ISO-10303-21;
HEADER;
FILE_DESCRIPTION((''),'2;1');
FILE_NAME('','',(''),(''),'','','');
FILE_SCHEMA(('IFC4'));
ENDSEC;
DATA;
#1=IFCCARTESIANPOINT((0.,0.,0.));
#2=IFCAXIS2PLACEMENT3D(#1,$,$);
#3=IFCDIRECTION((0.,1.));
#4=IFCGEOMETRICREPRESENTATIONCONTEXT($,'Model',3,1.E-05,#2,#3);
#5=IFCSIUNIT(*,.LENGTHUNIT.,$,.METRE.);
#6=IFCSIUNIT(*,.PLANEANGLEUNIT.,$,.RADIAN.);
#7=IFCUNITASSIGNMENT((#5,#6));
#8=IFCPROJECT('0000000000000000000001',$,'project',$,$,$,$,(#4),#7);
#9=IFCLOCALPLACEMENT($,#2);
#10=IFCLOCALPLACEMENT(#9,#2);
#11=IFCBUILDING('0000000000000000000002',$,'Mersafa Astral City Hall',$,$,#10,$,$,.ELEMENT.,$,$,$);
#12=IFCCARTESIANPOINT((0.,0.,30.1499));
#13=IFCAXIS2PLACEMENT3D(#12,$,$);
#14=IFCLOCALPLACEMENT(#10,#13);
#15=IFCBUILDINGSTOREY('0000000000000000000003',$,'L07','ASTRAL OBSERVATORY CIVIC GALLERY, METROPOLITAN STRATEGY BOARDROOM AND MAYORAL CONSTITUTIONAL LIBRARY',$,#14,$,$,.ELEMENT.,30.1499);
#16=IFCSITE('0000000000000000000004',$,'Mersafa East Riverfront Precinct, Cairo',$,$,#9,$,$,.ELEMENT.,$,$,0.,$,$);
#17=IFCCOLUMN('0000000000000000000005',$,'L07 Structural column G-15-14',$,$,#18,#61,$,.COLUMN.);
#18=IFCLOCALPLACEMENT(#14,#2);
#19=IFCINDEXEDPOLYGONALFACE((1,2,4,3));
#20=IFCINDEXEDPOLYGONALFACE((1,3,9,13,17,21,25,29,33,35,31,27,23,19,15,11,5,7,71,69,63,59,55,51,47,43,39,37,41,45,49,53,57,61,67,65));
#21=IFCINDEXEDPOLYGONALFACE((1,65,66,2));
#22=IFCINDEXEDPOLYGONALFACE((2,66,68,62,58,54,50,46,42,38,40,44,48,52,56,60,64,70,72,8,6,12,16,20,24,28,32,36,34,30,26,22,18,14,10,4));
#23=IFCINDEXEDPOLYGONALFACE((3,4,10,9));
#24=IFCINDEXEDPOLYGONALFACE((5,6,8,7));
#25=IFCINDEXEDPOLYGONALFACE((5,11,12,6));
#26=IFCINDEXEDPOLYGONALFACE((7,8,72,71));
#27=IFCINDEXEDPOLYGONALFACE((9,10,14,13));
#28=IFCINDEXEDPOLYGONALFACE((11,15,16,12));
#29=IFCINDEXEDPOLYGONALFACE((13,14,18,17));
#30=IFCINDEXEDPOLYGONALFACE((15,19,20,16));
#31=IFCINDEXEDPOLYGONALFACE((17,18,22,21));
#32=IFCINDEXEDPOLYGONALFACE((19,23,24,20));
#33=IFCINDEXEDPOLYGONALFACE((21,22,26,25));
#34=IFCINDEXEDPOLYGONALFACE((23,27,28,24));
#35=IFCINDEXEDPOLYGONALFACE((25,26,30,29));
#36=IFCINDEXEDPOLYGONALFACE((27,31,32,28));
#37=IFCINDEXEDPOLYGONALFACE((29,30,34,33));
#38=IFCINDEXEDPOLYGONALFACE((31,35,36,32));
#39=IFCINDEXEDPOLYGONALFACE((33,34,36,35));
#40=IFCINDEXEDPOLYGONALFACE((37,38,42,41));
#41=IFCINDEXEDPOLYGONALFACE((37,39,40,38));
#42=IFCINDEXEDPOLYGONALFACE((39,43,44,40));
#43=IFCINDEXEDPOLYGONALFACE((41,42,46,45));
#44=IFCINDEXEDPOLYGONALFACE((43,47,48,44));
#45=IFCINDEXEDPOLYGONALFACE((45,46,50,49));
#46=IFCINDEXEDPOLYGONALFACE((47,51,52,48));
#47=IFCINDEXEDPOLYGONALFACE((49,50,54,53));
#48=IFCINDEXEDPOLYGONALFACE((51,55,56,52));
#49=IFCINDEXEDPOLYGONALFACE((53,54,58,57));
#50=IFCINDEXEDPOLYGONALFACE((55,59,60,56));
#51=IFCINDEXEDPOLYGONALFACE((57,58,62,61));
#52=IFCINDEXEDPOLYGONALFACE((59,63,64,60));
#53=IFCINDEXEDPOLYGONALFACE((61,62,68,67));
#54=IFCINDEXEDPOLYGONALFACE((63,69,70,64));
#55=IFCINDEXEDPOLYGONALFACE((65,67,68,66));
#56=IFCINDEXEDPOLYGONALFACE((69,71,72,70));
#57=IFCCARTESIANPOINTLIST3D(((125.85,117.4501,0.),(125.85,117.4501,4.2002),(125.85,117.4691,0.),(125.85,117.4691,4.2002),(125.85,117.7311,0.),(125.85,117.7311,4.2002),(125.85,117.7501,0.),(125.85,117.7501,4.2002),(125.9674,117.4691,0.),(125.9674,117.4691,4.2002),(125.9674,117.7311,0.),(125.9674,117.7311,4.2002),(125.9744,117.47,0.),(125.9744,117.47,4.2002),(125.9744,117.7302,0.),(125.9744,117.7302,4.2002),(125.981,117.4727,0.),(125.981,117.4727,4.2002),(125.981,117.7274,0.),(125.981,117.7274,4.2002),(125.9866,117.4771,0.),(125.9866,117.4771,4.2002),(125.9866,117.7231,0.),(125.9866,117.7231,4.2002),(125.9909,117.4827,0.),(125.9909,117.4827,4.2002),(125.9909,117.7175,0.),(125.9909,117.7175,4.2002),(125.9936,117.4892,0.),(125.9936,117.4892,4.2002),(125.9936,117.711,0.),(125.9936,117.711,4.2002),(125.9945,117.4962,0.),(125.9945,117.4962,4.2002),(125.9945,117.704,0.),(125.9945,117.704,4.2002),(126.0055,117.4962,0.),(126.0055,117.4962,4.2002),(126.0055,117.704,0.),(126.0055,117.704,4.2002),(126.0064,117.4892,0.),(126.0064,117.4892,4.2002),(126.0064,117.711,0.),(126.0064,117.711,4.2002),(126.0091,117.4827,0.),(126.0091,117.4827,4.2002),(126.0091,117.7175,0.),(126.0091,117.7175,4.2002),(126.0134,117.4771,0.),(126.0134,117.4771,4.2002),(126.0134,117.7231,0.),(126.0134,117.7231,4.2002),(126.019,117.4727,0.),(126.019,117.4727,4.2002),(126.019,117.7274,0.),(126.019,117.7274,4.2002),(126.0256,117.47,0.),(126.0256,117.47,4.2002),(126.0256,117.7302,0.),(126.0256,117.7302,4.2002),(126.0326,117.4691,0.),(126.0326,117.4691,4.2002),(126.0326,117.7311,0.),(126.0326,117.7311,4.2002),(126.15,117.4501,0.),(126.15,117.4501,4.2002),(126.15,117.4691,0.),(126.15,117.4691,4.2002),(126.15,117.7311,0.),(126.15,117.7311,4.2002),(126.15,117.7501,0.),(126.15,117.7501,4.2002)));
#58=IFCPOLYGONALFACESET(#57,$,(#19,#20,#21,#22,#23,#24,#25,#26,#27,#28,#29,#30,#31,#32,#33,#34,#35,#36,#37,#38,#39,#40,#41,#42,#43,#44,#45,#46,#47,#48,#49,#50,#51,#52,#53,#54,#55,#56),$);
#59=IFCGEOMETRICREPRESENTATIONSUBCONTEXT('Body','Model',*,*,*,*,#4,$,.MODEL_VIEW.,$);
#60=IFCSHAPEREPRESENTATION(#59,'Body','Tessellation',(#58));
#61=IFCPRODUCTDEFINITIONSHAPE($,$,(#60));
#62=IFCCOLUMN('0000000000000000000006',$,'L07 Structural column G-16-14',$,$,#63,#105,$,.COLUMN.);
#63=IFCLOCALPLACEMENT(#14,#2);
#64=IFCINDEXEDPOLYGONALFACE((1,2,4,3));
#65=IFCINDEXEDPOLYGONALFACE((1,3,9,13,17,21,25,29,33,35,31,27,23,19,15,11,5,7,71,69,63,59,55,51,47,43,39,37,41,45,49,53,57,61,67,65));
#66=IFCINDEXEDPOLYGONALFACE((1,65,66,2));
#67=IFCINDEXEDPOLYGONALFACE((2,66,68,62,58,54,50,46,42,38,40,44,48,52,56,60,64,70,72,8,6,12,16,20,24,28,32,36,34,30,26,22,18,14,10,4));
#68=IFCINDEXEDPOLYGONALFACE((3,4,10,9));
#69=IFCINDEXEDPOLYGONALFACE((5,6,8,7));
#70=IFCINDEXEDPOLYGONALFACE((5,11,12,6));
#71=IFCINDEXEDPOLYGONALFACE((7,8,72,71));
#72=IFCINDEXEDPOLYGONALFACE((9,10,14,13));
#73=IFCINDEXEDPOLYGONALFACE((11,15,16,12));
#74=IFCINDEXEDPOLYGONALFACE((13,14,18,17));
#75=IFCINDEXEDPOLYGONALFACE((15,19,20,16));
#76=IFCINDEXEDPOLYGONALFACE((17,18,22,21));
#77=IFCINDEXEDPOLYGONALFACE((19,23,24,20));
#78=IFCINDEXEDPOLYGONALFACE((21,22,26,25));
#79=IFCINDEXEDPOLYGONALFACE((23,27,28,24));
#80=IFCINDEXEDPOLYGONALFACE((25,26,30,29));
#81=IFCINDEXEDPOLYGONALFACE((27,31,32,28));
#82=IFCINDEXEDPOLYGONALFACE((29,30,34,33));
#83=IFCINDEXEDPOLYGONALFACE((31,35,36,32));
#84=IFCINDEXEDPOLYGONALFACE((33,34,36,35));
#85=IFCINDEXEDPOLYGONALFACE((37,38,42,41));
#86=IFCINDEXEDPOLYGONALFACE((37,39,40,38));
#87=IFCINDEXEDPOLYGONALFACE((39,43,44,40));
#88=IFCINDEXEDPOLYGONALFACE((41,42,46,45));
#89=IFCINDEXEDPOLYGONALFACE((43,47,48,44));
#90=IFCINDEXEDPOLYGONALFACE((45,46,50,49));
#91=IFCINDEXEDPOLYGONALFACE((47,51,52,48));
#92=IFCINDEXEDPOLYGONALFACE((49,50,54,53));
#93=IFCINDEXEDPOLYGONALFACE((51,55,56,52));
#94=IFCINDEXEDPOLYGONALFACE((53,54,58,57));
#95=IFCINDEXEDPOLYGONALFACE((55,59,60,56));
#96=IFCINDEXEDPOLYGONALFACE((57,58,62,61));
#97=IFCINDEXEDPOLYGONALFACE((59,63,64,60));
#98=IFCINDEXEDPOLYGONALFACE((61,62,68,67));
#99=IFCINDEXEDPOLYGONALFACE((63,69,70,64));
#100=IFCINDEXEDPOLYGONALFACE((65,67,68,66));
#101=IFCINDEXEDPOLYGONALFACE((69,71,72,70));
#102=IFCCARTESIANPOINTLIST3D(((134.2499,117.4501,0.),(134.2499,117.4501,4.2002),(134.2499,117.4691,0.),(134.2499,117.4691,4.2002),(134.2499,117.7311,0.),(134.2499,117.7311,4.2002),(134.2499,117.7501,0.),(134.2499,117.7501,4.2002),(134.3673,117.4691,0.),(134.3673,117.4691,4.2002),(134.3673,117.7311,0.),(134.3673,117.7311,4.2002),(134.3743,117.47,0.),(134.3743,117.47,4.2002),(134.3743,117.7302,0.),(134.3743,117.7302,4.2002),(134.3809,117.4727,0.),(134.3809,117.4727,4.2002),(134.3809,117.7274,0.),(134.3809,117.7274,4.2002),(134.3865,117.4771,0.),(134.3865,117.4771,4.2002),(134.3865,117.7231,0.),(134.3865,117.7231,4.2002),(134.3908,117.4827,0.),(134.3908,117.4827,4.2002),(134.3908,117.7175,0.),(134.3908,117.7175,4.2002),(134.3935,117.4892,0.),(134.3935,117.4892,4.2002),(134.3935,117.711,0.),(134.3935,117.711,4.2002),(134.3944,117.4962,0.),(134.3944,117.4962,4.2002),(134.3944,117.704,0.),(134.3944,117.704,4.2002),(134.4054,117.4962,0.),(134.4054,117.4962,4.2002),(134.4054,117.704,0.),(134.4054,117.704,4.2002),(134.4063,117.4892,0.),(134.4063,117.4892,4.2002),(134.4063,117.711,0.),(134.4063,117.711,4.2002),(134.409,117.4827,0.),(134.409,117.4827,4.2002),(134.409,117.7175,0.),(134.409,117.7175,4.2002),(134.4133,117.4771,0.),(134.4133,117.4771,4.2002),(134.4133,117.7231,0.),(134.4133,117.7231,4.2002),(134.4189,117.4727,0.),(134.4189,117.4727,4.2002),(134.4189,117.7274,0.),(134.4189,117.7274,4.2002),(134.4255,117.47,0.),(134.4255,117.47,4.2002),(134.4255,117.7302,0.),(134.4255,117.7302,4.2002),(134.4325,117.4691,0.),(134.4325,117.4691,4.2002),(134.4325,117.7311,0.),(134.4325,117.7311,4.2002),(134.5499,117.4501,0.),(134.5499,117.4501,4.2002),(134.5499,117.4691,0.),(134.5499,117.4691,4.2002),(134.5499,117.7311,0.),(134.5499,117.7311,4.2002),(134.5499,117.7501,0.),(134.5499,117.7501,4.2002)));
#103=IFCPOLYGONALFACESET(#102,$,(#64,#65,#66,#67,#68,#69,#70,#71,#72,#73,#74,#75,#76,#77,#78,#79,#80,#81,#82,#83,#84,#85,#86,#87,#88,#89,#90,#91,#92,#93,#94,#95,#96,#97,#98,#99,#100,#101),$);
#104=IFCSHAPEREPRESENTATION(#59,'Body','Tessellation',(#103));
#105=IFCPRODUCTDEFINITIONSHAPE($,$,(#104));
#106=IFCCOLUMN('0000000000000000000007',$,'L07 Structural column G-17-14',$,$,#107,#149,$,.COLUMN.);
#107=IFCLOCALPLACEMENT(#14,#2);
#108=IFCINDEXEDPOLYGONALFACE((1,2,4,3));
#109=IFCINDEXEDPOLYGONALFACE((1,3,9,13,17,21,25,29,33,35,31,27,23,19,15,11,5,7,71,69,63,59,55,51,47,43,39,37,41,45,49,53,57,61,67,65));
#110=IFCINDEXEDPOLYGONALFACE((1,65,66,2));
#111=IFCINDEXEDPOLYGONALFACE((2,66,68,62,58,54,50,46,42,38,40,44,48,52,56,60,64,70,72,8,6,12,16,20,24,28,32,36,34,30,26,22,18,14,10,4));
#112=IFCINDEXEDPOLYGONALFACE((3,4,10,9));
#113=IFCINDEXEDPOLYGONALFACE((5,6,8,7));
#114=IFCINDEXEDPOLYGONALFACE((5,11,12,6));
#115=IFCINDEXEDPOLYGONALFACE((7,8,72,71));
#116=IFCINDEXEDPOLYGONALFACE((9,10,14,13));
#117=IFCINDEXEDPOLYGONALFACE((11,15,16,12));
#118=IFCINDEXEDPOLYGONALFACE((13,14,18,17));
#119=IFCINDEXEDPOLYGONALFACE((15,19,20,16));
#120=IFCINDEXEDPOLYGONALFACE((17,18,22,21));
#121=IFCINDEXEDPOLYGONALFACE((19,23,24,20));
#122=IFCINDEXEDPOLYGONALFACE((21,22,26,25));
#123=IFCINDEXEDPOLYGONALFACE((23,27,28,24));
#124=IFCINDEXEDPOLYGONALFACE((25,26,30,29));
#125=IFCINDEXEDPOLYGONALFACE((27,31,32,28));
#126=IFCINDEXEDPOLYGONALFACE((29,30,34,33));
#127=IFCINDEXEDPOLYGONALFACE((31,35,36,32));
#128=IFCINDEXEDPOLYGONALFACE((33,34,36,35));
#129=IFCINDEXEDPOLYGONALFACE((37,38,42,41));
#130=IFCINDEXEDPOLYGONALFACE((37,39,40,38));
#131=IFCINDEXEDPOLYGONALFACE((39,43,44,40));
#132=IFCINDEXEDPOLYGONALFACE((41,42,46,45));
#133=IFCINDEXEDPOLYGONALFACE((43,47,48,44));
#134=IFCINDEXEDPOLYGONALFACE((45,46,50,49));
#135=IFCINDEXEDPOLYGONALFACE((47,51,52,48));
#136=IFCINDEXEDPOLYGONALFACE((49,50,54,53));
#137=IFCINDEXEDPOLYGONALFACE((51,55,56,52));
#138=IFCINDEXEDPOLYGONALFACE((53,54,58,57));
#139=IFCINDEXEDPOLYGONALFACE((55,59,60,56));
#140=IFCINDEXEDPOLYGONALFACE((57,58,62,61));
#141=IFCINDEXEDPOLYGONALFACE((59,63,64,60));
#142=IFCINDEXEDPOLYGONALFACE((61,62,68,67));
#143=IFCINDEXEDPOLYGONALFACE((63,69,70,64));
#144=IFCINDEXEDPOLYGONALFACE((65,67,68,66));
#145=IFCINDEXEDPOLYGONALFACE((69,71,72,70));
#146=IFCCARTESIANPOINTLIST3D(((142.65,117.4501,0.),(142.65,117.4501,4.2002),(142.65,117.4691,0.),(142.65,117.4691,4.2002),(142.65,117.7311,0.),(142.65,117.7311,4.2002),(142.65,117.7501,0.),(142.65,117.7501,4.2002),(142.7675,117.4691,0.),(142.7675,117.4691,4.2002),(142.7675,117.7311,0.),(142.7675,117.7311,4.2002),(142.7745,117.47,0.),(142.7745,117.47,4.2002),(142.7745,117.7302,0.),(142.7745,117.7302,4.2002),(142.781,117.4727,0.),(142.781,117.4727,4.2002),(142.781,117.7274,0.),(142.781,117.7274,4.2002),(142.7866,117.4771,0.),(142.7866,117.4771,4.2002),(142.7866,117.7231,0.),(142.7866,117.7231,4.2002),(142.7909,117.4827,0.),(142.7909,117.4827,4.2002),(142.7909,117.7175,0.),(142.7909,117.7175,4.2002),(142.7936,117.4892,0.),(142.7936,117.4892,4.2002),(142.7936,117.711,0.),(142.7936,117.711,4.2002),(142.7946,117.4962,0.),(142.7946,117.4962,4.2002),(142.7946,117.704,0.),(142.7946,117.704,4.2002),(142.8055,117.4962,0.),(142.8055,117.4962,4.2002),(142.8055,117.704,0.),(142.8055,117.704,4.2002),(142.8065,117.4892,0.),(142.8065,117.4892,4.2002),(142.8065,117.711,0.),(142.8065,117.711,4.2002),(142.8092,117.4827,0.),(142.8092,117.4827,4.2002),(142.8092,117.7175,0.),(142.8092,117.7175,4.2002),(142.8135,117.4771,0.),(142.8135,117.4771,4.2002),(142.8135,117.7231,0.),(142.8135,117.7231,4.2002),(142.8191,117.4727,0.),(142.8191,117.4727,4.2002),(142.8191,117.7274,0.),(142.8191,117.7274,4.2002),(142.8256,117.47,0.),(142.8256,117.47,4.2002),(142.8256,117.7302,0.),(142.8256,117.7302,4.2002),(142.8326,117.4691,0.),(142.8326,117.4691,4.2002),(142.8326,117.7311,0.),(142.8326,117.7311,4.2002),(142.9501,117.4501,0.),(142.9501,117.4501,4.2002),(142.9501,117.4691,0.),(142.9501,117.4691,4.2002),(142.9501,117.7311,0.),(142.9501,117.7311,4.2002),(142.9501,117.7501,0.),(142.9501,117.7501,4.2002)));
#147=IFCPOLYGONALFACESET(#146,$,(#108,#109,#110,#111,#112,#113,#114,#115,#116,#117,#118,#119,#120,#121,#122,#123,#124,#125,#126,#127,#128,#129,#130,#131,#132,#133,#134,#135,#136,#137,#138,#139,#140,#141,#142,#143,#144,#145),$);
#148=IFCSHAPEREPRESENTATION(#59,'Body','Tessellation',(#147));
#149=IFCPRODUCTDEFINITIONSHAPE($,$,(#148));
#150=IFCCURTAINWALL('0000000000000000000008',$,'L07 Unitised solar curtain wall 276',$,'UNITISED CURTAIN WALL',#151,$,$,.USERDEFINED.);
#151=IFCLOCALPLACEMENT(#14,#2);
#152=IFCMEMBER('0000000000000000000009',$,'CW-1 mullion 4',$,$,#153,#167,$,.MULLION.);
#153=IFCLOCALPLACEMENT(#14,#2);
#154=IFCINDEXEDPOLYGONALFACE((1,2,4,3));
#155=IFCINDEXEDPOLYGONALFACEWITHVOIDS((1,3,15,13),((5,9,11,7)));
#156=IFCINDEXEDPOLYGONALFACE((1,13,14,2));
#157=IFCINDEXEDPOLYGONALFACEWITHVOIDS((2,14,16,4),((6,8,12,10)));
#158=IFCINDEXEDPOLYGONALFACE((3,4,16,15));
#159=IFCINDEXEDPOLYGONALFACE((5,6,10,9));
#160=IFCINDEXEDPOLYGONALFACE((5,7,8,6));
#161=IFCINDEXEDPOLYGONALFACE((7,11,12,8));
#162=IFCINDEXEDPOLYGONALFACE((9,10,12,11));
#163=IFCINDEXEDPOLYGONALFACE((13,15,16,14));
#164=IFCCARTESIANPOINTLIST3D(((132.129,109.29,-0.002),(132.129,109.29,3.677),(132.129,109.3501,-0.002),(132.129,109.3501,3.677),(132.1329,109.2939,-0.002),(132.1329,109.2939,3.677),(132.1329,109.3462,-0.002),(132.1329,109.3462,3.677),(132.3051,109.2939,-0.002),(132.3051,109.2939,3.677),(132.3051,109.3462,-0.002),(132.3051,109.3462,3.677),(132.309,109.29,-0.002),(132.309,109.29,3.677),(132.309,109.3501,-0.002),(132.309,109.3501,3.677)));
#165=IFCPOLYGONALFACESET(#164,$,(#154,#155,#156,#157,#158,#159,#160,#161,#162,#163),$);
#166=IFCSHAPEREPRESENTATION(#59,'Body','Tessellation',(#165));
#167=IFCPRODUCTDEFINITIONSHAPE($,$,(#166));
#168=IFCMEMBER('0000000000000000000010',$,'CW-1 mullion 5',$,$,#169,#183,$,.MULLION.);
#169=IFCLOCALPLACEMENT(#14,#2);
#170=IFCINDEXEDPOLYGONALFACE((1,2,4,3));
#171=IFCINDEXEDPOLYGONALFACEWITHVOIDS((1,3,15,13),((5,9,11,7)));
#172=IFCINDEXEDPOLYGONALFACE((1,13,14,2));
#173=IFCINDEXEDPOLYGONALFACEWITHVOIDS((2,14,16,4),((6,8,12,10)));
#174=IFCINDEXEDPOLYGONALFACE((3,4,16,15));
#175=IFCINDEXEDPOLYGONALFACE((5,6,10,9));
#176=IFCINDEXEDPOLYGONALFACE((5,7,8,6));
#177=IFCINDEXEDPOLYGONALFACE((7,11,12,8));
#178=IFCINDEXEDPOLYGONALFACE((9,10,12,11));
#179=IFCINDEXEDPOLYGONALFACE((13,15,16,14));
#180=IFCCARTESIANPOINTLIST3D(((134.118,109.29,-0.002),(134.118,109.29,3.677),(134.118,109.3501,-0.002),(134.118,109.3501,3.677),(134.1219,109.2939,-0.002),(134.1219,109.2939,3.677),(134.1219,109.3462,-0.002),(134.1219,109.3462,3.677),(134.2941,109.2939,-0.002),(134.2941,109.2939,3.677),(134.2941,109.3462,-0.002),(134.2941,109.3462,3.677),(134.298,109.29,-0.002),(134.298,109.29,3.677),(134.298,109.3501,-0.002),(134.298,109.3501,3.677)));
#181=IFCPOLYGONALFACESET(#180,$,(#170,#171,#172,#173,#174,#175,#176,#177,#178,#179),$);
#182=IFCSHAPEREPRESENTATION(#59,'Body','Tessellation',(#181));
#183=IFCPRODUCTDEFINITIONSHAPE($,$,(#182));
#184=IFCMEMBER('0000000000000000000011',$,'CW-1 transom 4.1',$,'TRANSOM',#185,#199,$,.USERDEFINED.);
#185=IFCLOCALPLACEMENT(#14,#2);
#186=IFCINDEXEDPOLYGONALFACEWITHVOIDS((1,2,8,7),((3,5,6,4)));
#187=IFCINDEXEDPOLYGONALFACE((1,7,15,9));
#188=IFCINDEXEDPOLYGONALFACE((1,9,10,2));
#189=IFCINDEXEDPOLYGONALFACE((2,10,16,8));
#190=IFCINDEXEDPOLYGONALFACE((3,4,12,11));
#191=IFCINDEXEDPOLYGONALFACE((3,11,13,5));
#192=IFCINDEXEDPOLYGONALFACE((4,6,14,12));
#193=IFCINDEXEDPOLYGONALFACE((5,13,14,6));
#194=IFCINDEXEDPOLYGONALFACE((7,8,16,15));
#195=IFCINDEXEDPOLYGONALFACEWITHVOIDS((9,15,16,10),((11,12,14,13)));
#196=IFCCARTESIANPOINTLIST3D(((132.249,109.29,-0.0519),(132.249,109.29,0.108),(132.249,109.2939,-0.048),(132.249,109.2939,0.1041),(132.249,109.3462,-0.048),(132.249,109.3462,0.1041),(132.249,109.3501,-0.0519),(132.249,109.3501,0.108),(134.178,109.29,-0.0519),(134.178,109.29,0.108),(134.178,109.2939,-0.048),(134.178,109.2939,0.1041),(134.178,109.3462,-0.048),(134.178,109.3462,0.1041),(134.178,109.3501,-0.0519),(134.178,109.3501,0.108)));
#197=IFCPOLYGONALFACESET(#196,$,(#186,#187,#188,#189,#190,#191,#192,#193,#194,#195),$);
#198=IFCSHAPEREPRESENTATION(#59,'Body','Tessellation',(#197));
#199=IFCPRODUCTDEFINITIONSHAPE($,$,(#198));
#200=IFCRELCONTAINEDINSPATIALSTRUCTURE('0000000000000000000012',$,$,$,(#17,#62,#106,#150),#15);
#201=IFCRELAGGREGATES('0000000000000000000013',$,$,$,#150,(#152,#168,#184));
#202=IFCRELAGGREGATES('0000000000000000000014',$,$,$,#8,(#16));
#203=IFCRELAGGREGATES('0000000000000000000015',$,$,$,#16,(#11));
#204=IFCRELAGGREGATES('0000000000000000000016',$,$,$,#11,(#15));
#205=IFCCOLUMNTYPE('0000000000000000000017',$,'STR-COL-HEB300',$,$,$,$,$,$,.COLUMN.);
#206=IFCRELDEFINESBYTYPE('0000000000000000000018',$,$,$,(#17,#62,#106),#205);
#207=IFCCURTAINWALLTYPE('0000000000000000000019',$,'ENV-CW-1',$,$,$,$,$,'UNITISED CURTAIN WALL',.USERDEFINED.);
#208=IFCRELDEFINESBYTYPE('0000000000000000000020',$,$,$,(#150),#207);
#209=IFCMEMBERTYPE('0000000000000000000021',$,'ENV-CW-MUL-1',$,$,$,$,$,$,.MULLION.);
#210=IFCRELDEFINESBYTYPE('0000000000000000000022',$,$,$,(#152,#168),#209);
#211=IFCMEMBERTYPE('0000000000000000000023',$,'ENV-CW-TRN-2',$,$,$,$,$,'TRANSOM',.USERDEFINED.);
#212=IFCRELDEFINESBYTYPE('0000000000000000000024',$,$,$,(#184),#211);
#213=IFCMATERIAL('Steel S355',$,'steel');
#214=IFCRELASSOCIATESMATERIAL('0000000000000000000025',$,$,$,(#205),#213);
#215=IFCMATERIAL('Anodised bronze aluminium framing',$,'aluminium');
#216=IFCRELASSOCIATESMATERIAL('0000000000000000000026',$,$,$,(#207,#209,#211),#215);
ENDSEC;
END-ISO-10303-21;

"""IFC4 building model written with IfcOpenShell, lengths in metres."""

from ifc_helpers import new_model, si_unit, direction, frame, origin, origin_2d, place, context, subcontext, project, spatial, hollow_rectangle, i_section, extrude, material, material_profile, profile_set, type_object, element, aggregate, save


model = new_model("IFC4")

# Units and contexts
model_context = context("Model", 3, precision=1e-05, world=origin(), true_north=direction((0.0, 1.0)))
body_context = subcontext(model_context, "Body", "Model", "MODEL_VIEW")
ifc_project = project(units=[si_unit("LENGTHUNIT", "METRE"), si_unit("PLANEANGLEUNIT", "RADIAN")], contexts=[model_context])

# Site, building, storey
site_placement = place(None, origin())
site = spatial("IfcSite", under=ifc_project, at=site_placement, Name="Mersafa East Riverfront Precinct, Cairo", CompositionType="ELEMENT", RefElevation=0.0)
building_placement = place(site_placement, origin())
building = spatial("IfcBuilding", under=site, at=building_placement, Name="Mersafa Astral City Hall", CompositionType="ELEMENT")
storey_placement = place(building_placement, frame((0.0, 0.0, 30.1499)))
storey = spatial("IfcBuildingStorey", under=building, at=storey_placement, Name="L07", Description="ASTRAL OBSERVATORY CIVIC GALLERY, METROPOLITAN STRATEGY BOARDROOM AND MAYORAL CONSTITUTIONAL LIBRARY", CompositionType="ELEMENT", Elevation=30.1499)

# Columns
ifc_material_1 = material(Name="Steel S355", Category="steel")
ifc_material_profile_1 = material_profile(ifc_material_1, i_section(OverallWidth=0.3, OverallDepth=0.3, WebThickness=0.011, FlangeThickness=0.019, FilletRadius=0.0271, at=origin_2d()), Name="HEB 300")
ifc_profile_set_1 = profile_set([ifc_material_profile_1], Name="Steel S355")
column_type = type_object("IfcColumnType", Name="STR-COL-HEB300", PredefinedType="COLUMN", material=ifc_profile_set_1)
for number, where, z_axis, x_axis, name in (
    (1, (126.0, 117.6001, 0.0), (0.0, 0.0, 1.0), (1.0, 0.0, 0.0), "L07 Structural column G-15-14"),
    (2, (134.3999, 117.6001, 0.0), (0.0, 0.0, 1.0), (1.0, 0.0, 0.0), "L07 Structural column G-16-14"),
    (3, (142.8, 117.6001, 0.0), (0.0, 0.0, 1.0), (1.0, 0.0, 0.0), "L07 Structural column G-17-14"),
):
    element("IfcColumn", number, at=place(storey_placement, frame(where, z_axis=z_axis, x_axis=x_axis)), inside=storey, type_object=column_type, Name=name, PredefinedType="COLUMN", context=body_context, shape_type="SweptSolid", body=[
        extrude(i_section(OverallWidth=0.3, OverallDepth=0.3, WebThickness=0.011, FlangeThickness=0.019, FilletRadius=0.0271, at=origin_2d()), origin(), (0.0, 0.0, 1.0), 4.2002),
    ])

# Curtain wall, members
ifc_material_2 = material(Name="Anodised bronze aluminium framing", Category="aluminium")
curtain_wall_type = type_object("IfcCurtainWallType", Name="ENV-CW-1", ElementType="UNITISED CURTAIN WALL", PredefinedType="USERDEFINED", material=ifc_material_2)
curtain_wall_placement = place(storey_placement, origin())
curtain_wall = element("IfcCurtainWall", 4, at=curtain_wall_placement, inside=storey, type_object=curtain_wall_type, Name="L07 Unitised solar curtain wall 276", ObjectType="UNITISED CURTAIN WALL", PredefinedType="USERDEFINED")
ifc_material_profile_2 = material_profile(ifc_material_2, hollow_rectangle(XDim=0.0601, YDim=0.1799, WallThickness=0.0039, at=origin_2d()), Name="RHS 60x180x4")
ifc_profile_set_2 = profile_set([ifc_material_profile_2], Name="Anodised bronze aluminium framing")
member_type_1 = type_object("IfcMemberType", Name="ENV-CW-MUL-1", PredefinedType="MULLION", material=ifc_profile_set_2)
member_1_placement = place(storey_placement, frame((132.219, 109.3201, -0.002), z_axis=(0.0, 0.0, 1.0), x_axis=(0.0, 1.0, 0.0)))
member_1 = element("IfcMember", 5, at=member_1_placement, type_object=member_type_1, Name="CW-1 mullion 4", PredefinedType="MULLION", context=body_context, shape_type="SweptSolid", body=[
    extrude(hollow_rectangle(XDim=0.0601, YDim=0.1799, WallThickness=0.0039, at=origin_2d()), origin(), (0.0, 0.0, 1.0), 3.679),
])
member_2_placement = place(storey_placement, frame((134.208, 109.3201, -0.002), z_axis=(0.0, 0.0, 1.0), x_axis=(0.0, 1.0, 0.0)))
member_2 = element("IfcMember", 6, at=member_2_placement, type_object=member_type_1, Name="CW-1 mullion 5", PredefinedType="MULLION", context=body_context, shape_type="SweptSolid", body=[
    extrude(hollow_rectangle(XDim=0.0601, YDim=0.1799, WallThickness=0.0039, at=origin_2d()), origin(), (0.0, 0.0, 1.0), 3.679),
])
ifc_material_profile_3 = material_profile(ifc_material_2, hollow_rectangle(XDim=0.0601, YDim=0.1599, WallThickness=0.0039, at=origin_2d()), Name="RHS 60x160x4")
ifc_profile_set_3 = profile_set([ifc_material_profile_3], Name="Anodised bronze aluminium framing")
member_type_2 = type_object("IfcMemberType", Name="ENV-CW-TRN-2", ElementType="TRANSOM", PredefinedType="USERDEFINED", material=ifc_profile_set_3)
member_3_placement = place(storey_placement, frame((132.249, 109.3201, 0.0281), z_axis=(1.0, 0.0, 0.0), x_axis=(0.0, 1.0, 0.0)))
member_3 = element("IfcMember", 7, at=member_3_placement, type_object=member_type_2, Name="CW-1 transom 4.1", ObjectType="TRANSOM", PredefinedType="USERDEFINED", context=body_context, shape_type="SweptSolid", body=[
    extrude(hollow_rectangle(XDim=0.0601, YDim=0.1599, WallThickness=0.0039, at=origin_2d()), origin(), (0.0, 0.0, 1.0), 1.929),
])

aggregate(curtain_wall, [member_1, member_2, member_3])

save(model, "model.ifc")
